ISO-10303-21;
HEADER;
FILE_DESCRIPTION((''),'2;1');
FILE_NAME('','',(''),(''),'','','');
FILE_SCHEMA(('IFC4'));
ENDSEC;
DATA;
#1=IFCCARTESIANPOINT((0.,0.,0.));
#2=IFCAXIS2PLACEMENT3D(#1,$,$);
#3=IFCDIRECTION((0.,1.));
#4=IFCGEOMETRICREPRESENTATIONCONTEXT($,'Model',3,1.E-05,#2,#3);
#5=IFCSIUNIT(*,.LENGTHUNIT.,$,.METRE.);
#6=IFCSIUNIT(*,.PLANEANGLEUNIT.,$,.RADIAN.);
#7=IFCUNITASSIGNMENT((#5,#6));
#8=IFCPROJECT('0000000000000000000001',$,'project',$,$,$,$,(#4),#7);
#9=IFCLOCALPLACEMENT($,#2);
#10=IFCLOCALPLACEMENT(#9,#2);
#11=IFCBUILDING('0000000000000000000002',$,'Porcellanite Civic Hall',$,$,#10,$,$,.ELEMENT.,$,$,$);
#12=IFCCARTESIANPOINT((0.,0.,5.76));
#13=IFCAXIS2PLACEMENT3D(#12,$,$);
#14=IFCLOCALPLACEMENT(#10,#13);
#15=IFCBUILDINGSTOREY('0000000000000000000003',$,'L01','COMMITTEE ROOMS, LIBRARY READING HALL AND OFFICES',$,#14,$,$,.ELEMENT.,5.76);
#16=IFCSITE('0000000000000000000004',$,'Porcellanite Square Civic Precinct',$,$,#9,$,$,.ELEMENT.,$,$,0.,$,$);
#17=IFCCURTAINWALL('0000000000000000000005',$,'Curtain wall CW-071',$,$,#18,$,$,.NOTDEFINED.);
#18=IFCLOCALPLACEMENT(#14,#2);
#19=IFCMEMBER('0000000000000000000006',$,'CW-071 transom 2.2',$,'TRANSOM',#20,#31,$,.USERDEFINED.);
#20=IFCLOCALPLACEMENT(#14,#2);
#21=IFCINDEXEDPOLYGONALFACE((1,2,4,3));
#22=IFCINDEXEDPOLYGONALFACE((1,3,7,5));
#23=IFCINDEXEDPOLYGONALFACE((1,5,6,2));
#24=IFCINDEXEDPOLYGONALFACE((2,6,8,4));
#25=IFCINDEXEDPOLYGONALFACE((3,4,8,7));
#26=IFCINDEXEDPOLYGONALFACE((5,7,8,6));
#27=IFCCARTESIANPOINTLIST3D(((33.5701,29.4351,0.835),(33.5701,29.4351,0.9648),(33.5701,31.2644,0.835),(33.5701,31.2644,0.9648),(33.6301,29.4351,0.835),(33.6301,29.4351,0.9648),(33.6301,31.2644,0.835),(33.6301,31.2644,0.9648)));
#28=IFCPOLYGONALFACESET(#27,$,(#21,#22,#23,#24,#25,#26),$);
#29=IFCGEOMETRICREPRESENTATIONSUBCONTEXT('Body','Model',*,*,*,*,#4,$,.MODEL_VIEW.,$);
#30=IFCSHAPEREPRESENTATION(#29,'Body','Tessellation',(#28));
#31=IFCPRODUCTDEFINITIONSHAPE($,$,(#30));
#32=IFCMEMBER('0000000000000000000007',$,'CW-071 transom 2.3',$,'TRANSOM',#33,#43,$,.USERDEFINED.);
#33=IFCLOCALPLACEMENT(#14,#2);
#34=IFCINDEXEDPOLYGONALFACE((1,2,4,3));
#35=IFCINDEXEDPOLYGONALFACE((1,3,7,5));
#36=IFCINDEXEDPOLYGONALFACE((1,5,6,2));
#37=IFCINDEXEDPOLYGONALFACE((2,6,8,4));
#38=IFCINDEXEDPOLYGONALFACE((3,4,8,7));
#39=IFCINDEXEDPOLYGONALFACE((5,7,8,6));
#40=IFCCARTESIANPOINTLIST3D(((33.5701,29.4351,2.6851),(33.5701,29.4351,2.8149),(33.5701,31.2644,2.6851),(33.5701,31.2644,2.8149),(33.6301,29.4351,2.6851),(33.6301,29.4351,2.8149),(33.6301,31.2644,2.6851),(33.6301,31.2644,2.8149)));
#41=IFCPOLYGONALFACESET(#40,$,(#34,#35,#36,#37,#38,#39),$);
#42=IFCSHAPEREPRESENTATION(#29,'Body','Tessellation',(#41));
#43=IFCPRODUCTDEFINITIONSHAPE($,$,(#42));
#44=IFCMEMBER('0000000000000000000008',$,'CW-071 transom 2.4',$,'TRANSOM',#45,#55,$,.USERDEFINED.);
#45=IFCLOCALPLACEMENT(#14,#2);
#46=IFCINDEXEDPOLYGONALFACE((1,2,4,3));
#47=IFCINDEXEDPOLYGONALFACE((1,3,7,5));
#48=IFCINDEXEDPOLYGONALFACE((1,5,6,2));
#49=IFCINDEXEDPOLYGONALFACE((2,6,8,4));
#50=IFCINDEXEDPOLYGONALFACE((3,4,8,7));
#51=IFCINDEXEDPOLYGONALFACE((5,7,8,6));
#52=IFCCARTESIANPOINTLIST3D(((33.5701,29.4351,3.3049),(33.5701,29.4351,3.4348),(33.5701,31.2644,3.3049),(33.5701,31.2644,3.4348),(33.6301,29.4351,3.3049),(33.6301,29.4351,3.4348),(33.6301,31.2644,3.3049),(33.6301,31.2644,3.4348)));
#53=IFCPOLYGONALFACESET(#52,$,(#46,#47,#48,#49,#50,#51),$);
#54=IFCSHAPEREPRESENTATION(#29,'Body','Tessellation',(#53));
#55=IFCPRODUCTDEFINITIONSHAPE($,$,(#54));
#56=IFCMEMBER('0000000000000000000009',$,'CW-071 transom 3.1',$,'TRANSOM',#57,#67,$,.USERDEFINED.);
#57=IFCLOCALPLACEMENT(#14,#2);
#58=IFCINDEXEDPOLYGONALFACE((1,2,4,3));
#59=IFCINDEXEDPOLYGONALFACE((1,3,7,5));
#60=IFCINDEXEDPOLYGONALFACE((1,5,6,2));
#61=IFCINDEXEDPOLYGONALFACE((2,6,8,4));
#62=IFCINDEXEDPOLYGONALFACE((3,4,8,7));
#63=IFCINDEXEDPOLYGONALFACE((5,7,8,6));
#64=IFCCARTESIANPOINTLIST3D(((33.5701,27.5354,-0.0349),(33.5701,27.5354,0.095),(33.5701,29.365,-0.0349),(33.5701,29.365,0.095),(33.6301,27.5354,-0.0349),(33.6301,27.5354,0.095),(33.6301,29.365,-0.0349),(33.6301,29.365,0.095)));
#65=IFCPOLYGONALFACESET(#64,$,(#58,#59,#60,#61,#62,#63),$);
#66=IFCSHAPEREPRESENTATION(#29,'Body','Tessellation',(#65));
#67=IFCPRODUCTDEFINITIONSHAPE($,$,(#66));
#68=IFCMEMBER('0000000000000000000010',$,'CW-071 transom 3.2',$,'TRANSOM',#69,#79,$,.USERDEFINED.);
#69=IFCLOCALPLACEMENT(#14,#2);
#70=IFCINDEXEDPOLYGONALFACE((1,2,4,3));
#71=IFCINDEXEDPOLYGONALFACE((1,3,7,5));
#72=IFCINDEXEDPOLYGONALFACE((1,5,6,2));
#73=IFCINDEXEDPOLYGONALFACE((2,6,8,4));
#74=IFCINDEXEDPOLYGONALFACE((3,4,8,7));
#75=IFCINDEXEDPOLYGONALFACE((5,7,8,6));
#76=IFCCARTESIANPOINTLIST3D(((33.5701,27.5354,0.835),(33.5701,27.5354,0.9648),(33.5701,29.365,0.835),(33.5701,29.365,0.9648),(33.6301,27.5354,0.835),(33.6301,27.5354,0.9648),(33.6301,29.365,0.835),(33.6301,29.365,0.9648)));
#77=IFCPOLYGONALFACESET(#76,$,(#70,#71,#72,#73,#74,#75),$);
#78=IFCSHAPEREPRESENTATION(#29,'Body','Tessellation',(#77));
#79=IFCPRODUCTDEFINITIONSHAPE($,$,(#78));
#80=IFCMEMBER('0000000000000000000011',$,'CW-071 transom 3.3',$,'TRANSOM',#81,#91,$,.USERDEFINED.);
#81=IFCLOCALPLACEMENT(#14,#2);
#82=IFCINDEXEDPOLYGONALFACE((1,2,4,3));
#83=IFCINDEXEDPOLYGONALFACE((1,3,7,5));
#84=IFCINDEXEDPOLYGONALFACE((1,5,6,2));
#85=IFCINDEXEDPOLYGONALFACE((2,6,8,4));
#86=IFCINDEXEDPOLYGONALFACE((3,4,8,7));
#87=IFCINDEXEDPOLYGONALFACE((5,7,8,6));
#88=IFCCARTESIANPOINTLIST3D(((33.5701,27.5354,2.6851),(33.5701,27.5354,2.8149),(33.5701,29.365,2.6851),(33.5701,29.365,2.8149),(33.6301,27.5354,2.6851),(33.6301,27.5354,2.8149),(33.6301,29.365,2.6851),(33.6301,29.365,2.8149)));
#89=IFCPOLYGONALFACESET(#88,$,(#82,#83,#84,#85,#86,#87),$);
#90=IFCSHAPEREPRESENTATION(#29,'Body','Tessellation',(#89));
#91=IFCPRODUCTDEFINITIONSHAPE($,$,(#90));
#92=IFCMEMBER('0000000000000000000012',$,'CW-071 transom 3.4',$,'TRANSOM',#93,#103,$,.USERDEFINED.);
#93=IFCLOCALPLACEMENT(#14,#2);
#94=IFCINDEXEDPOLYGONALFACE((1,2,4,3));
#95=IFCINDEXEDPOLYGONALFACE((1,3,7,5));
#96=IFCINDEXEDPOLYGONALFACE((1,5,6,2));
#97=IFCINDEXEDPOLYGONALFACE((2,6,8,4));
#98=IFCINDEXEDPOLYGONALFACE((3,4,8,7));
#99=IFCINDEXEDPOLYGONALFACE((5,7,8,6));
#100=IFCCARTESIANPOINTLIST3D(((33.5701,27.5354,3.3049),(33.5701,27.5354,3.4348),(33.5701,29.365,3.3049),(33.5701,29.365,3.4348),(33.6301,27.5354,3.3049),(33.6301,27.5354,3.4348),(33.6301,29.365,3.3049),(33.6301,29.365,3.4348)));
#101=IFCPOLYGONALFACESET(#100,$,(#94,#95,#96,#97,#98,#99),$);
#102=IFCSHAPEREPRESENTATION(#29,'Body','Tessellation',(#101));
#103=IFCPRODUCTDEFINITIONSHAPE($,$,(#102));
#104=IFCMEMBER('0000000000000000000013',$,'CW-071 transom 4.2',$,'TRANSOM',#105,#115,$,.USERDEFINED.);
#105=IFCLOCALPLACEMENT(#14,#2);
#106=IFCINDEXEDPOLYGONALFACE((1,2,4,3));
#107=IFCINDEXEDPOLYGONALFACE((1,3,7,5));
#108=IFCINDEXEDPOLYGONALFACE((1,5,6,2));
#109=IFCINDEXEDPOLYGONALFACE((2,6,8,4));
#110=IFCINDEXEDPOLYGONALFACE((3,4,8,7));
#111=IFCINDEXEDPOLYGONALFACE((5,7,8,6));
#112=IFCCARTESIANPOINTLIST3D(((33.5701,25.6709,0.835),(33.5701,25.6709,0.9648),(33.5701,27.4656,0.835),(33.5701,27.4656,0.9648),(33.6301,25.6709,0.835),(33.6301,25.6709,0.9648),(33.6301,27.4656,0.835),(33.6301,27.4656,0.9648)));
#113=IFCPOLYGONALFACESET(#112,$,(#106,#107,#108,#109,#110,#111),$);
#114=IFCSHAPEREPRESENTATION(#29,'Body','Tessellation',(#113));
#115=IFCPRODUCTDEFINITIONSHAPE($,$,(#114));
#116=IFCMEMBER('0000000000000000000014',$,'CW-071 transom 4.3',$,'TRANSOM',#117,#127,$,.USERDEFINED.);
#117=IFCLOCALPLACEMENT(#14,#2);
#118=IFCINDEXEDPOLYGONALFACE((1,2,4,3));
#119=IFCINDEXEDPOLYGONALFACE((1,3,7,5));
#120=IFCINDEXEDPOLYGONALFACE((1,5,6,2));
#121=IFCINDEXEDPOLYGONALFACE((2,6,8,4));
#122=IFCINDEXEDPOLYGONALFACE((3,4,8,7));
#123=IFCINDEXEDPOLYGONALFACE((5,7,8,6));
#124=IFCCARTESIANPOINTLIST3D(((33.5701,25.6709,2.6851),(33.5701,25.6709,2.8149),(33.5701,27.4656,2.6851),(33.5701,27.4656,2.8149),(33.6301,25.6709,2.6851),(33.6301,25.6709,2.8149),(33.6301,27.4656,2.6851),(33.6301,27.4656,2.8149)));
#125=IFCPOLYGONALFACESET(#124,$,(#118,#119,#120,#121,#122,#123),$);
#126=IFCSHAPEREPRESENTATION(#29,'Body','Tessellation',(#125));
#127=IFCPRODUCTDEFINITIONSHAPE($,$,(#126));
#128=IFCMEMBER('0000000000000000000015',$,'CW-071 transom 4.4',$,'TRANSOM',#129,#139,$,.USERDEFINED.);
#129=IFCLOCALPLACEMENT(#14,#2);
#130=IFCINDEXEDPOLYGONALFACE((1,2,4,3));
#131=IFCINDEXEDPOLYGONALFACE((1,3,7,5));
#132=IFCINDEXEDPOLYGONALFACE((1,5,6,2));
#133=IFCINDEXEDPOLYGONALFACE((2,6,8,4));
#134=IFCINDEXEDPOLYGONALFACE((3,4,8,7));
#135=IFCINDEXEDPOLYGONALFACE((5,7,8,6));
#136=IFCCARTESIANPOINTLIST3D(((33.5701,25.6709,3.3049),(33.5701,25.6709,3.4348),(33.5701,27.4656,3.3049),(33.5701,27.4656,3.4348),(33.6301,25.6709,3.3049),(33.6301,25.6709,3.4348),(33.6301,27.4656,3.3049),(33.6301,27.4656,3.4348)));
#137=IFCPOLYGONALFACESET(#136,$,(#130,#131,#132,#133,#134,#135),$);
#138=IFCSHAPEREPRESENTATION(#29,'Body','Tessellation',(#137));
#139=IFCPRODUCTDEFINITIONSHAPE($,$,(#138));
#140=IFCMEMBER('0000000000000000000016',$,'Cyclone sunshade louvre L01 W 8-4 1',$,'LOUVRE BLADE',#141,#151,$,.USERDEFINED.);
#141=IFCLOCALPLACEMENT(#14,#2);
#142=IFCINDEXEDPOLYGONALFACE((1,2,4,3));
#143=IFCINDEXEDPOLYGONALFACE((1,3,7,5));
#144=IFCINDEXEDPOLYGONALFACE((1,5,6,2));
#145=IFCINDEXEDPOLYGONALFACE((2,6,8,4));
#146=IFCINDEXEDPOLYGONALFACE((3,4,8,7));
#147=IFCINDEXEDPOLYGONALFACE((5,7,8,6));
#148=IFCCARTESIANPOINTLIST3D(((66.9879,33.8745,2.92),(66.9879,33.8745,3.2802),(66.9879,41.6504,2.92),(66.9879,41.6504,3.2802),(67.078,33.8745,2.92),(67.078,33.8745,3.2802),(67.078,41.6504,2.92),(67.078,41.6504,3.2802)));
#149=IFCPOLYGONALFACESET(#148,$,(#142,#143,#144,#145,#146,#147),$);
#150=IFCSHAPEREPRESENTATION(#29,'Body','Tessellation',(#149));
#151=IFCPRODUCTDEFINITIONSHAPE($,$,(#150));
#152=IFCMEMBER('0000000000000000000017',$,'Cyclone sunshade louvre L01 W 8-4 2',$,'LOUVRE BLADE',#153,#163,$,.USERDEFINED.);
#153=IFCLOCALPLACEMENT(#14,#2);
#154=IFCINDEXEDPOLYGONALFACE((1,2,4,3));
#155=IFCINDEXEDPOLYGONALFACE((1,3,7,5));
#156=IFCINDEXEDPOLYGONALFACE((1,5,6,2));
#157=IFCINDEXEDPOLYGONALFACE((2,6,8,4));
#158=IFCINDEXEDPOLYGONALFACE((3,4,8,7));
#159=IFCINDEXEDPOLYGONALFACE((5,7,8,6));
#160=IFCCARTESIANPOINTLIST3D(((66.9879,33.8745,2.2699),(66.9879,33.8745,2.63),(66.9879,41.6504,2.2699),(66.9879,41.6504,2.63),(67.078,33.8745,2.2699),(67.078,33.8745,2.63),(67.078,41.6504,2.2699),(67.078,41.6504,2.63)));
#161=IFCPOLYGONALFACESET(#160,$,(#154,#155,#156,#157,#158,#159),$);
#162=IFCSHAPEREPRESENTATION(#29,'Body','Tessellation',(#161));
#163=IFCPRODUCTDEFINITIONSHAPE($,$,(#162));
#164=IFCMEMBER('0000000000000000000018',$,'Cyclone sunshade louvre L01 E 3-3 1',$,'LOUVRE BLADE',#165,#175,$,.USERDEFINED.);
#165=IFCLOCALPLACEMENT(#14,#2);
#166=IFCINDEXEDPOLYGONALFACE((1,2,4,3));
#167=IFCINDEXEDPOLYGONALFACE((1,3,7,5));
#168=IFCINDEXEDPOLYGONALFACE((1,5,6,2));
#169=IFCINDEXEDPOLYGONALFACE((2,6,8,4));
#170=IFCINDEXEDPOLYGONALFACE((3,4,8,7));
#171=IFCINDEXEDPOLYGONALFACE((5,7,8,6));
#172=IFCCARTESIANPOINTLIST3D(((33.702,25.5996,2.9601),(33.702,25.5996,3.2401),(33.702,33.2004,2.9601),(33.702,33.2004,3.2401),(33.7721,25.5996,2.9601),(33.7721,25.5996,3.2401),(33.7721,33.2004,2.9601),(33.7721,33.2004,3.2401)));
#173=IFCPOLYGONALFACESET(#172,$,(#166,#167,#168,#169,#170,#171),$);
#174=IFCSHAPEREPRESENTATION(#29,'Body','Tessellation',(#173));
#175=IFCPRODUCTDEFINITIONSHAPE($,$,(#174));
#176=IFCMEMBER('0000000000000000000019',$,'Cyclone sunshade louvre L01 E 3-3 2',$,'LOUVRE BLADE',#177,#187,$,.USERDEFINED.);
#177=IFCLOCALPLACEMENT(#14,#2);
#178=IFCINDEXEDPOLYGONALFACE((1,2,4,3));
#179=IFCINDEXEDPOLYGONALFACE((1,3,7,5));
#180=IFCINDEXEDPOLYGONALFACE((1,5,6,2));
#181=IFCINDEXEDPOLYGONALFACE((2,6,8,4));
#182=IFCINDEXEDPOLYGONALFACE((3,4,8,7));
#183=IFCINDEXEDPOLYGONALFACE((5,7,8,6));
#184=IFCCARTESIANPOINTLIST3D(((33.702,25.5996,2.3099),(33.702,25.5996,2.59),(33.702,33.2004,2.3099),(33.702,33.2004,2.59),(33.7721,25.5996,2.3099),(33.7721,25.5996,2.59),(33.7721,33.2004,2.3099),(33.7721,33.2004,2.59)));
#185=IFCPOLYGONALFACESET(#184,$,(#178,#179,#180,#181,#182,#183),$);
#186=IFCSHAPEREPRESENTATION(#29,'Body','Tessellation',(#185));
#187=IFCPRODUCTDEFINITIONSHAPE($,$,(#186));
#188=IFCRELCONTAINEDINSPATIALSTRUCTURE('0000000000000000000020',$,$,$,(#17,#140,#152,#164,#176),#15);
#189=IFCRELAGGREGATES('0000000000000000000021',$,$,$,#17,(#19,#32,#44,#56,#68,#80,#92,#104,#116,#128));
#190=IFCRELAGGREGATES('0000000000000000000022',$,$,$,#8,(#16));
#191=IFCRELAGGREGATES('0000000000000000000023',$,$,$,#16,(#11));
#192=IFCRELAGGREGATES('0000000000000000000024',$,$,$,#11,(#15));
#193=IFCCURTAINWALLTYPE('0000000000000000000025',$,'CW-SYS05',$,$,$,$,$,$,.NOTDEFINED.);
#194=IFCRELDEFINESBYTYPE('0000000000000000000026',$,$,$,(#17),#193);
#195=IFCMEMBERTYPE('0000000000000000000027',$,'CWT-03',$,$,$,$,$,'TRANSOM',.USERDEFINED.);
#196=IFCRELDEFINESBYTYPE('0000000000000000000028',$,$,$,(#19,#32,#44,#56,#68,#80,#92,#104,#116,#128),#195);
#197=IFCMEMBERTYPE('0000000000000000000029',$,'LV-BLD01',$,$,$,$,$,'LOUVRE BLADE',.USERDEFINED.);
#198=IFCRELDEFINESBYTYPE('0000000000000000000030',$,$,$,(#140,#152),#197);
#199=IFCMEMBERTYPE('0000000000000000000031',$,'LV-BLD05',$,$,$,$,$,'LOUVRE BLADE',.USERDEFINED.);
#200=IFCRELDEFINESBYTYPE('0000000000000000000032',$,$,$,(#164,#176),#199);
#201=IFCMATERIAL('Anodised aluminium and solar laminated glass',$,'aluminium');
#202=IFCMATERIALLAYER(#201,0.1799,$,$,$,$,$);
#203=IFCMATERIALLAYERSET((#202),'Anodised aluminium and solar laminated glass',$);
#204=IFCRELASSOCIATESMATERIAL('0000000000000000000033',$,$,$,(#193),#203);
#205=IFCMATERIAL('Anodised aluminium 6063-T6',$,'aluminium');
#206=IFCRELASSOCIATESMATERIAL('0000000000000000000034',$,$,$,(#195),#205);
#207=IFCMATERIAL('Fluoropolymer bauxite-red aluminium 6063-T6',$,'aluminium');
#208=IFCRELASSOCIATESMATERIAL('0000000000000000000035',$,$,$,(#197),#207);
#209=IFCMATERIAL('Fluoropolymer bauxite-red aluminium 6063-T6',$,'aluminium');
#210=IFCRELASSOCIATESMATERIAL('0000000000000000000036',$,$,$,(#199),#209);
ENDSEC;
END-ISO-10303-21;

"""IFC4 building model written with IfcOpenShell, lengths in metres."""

from ifc_helpers import new_model, si_unit, direction, frame, origin, origin_2d, place, context, subcontext, project, spatial, rectangle, extrude, material, layer, layer_set, material_profile, profile_set, type_object, element, aggregate, save


model = new_model("IFC4")

# Units and contexts
model_context = context("Model", 3, precision=1e-05, world=origin(), true_north=direction((0.0, 1.0)))
body_context = subcontext(model_context, "Body", "Model", "MODEL_VIEW")
ifc_project = project(units=[si_unit("LENGTHUNIT", "METRE"), si_unit("PLANEANGLEUNIT", "RADIAN")], contexts=[model_context])

# Site, building, storey
site_placement = place(None, origin())
site = spatial("IfcSite", under=ifc_project, at=site_placement, Name="Porcellanite Square Civic Precinct", CompositionType="ELEMENT", RefElevation=0.0)
building_placement = place(site_placement, origin())
building = spatial("IfcBuilding", under=site, at=building_placement, Name="Porcellanite Civic Hall", CompositionType="ELEMENT")
storey_placement = place(building_placement, frame((0.0, 0.0, 5.76)))
storey = spatial("IfcBuildingStorey", under=building, at=storey_placement, Name="L01", Description="COMMITTEE ROOMS, LIBRARY READING HALL AND OFFICES", CompositionType="ELEMENT", Elevation=5.76)

# Curtain wall, members
ifc_material_1 = material(Name="Anodised aluminium and solar laminated glass", Category="aluminium")
ifc_layer_1 = layer(ifc_material_1, 0.1799)
ifc_layer_set_1 = layer_set([ifc_layer_1], Name="Anodised aluminium and solar laminated glass")
curtain_wall_type = type_object("IfcCurtainWallType", Name="CW-SYS05", PredefinedType="NOTDEFINED", material=ifc_layer_set_1)
curtain_wall_placement = place(storey_placement, origin())
curtain_wall = element("IfcCurtainWall", 1, at=curtain_wall_placement, inside=storey, type_object=curtain_wall_type, Name="Curtain wall CW-071", PredefinedType="NOTDEFINED")
ifc_material_2 = material(Name="Anodised aluminium 6063-T6", Category="aluminium")
ifc_material_profile_1 = material_profile(ifc_material_2, rectangle(XDim=0.0601, YDim=0.1299, at=origin_2d()), Name="AL-60x130")
ifc_profile_set_1 = profile_set([ifc_material_profile_1], Name="Anodised aluminium 6063-T6")
member_type_1 = type_object("IfcMemberType", Name="CWT-03", ElementType="TRANSOM", PredefinedType="USERDEFINED", material=ifc_profile_set_1)
member_1_placement = place(storey_placement, frame((33.6001, 31.2644, 0.8999), z_axis=(0.0, -1.0, 0.0), x_axis=(1.0, 0.0, 0.0)))
member_1 = element("IfcMember", 2, at=member_1_placement, type_object=member_type_1, Name="CW-071 transom 2.2", ObjectType="TRANSOM", PredefinedType="USERDEFINED", context=body_context, shape_type="SweptSolid", body=[
    extrude(rectangle(XDim=0.0601, YDim=0.1299, at=origin_2d()), origin(), (0.0, 0.0, 1.0), 1.8293),
])
member_2_placement = place(storey_placement, frame((33.6001, 31.2644, 2.75), z_axis=(0.0, -1.0, 0.0), x_axis=(1.0, 0.0, 0.0)))
member_2 = element("IfcMember", 3, at=member_2_placement, type_object=member_type_1, Name="CW-071 transom 2.3", ObjectType="TRANSOM", PredefinedType="USERDEFINED", context=body_context, shape_type="SweptSolid", body=[
    extrude(rectangle(XDim=0.0601, YDim=0.1299, at=origin_2d()), origin(), (0.0, 0.0, 1.0), 1.8293),
])
member_3_placement = place(storey_placement, frame((33.6001, 31.2644, 3.3699), z_axis=(0.0, -1.0, 0.0), x_axis=(1.0, 0.0, 0.0)))
member_3 = element("IfcMember", 4, at=member_3_placement, type_object=member_type_1, Name="CW-071 transom 2.4", ObjectType="TRANSOM", PredefinedType="USERDEFINED", context=body_context, shape_type="SweptSolid", body=[
    extrude(rectangle(XDim=0.0601, YDim=0.1299, at=origin_2d()), origin(), (0.0, 0.0, 1.0), 1.8293),
])
member_4_placement = place(storey_placement, frame((33.6001, 29.365, 0.03), z_axis=(0.0, -1.0, 0.0), x_axis=(1.0, 0.0, 0.0)))
member_4 = element("IfcMember", 5, at=member_4_placement, type_object=member_type_1, Name="CW-071 transom 3.1", ObjectType="TRANSOM", PredefinedType="USERDEFINED", context=body_context, shape_type="SweptSolid", body=[
    extrude(rectangle(XDim=0.0601, YDim=0.1299, at=origin_2d()), origin(), (0.0, 0.0, 1.0), 1.8296),
])
member_5_placement = place(storey_placement, frame((33.6001, 29.365, 0.8999), z_axis=(0.0, -1.0, 0.0), x_axis=(1.0, 0.0, 0.0)))
member_5 = element("IfcMember", 6, at=member_5_placement, type_object=member_type_1, Name="CW-071 transom 3.2", ObjectType="TRANSOM", PredefinedType="USERDEFINED", context=body_context, shape_type="SweptSolid", body=[
    extrude(rectangle(XDim=0.0601, YDim=0.1299, at=origin_2d()), origin(), (0.0, 0.0, 1.0), 1.8296),
])
member_6_placement = place(storey_placement, frame((33.6001, 29.365, 2.75), z_axis=(0.0, -1.0, 0.0), x_axis=(1.0, 0.0, 0.0)))
member_6 = element("IfcMember", 7, at=member_6_placement, type_object=member_type_1, Name="CW-071 transom 3.3", ObjectType="TRANSOM", PredefinedType="USERDEFINED", context=body_context, shape_type="SweptSolid", body=[
    extrude(rectangle(XDim=0.0601, YDim=0.1299, at=origin_2d()), origin(), (0.0, 0.0, 1.0), 1.8296),
])
member_7_placement = place(storey_placement, frame((33.6001, 29.365, 3.3699), z_axis=(0.0, -1.0, 0.0), x_axis=(1.0, 0.0, 0.0)))
member_7 = element("IfcMember", 8, at=member_7_placement, type_object=member_type_1, Name="CW-071 transom 3.4", ObjectType="TRANSOM", PredefinedType="USERDEFINED", context=body_context, shape_type="SweptSolid", body=[
    extrude(rectangle(XDim=0.0601, YDim=0.1299, at=origin_2d()), origin(), (0.0, 0.0, 1.0), 1.8296),
])
member_8_placement = place(storey_placement, frame((33.6001, 27.4656, 0.8999), z_axis=(0.0, -1.0, 0.0), x_axis=(1.0, 0.0, 0.0)))
member_8 = element("IfcMember", 9, at=member_8_placement, type_object=member_type_1, Name="CW-071 transom 4.2", ObjectType="TRANSOM", PredefinedType="USERDEFINED", context=body_context, shape_type="SweptSolid", body=[
    extrude(rectangle(XDim=0.0601, YDim=0.1299, at=origin_2d()), origin(), (0.0, 0.0, 1.0), 1.7947),
])
member_9_placement = place(storey_placement, frame((33.6001, 27.4656, 2.75), z_axis=(0.0, -1.0, 0.0), x_axis=(1.0, 0.0, 0.0)))
member_9 = element("IfcMember", 10, at=member_9_placement, type_object=member_type_1, Name="CW-071 transom 4.3", ObjectType="TRANSOM", PredefinedType="USERDEFINED", context=body_context, shape_type="SweptSolid", body=[
    extrude(rectangle(XDim=0.0601, YDim=0.1299, at=origin_2d()), origin(), (0.0, 0.0, 1.0), 1.7947),
])
member_10_placement = place(storey_placement, frame((33.6001, 27.4656, 3.3699), z_axis=(0.0, -1.0, 0.0), x_axis=(1.0, 0.0, 0.0)))
member_10 = element("IfcMember", 11, at=member_10_placement, type_object=member_type_1, Name="CW-071 transom 4.4", ObjectType="TRANSOM", PredefinedType="USERDEFINED", context=body_context, shape_type="SweptSolid", body=[
    extrude(rectangle(XDim=0.0601, YDim=0.1299, at=origin_2d()), origin(), (0.0, 0.0, 1.0), 1.7947),
])

# Members
ifc_material_3 = material(Name="Fluoropolymer bauxite-red aluminium 6063-T6", Category="aluminium")
ifc_material_profile_2 = material_profile(ifc_material_3, rectangle(XDim=0.0901, YDim=0.3601, at=origin_2d()), Name="AL-90x360")
ifc_profile_set_2 = profile_set([ifc_material_profile_2], Name="Fluoropolymer bauxite-red aluminium 6063-T6")
member_type_2 = type_object("IfcMemberType", Name="LV-BLD01", ElementType="LOUVRE BLADE", PredefinedType="USERDEFINED", material=ifc_profile_set_2)
for number, where, z_axis, x_axis, name in (
    (12, (67.033, 33.8745, 3.1001), (0.0, 1.0, 0.0), (-1.0, 0.0, 0.0), "Cyclone sunshade louvre L01 W 8-4 1"),
    (13, (67.033, 33.8745, 2.45), (0.0, 1.0, 0.0), (-1.0, 0.0, 0.0), "Cyclone sunshade louvre L01 W 8-4 2"),
):
    element("IfcMember", number, at=place(storey_placement, frame(where, z_axis=z_axis, x_axis=x_axis)), inside=storey, type_object=member_type_2, Name=name, ObjectType="LOUVRE BLADE", PredefinedType="USERDEFINED", context=body_context, shape_type="SweptSolid", body=[
        extrude(rectangle(XDim=0.0901, YDim=0.3601, at=origin_2d()), origin(), (0.0, 0.0, 1.0), 7.7759),
    ])
ifc_material_4 = material(Name="Fluoropolymer bauxite-red aluminium 6063-T6", Category="aluminium")
ifc_material_profile_3 = material_profile(ifc_material_4, rectangle(XDim=0.0701, YDim=0.28, at=origin_2d()), Name="AL-70x280")
ifc_profile_set_3 = profile_set([ifc_material_profile_3], Name="Fluoropolymer bauxite-red aluminium 6063-T6")
member_type_3 = type_object("IfcMemberType", Name="LV-BLD05", ElementType="LOUVRE BLADE", PredefinedType="USERDEFINED", material=ifc_profile_set_3)
for number, where, z_axis, x_axis, name in (
    (14, (33.7371, 33.2004, 3.1001), (0.0, -1.0, 0.0), (1.0, 0.0, 0.0), "Cyclone sunshade louvre L01 E 3-3 1"),
    (15, (33.7371, 33.2004, 2.45), (0.0, -1.0, 0.0), (1.0, 0.0, 0.0), "Cyclone sunshade louvre L01 E 3-3 2"),
):
    element("IfcMember", number, at=place(storey_placement, frame(where, z_axis=z_axis, x_axis=x_axis)), inside=storey, type_object=member_type_3, Name=name, ObjectType="LOUVRE BLADE", PredefinedType="USERDEFINED", context=body_context, shape_type="SweptSolid", body=[
        extrude(rectangle(XDim=0.0701, YDim=0.28, at=origin_2d()), origin(), (0.0, 0.0, 1.0), 7.6008),
    ])

aggregate(curtain_wall, [member_1, member_2, member_3, member_4, member_5, member_6, member_7, member_8, member_9, member_10])

save(model, "model.ifc")
